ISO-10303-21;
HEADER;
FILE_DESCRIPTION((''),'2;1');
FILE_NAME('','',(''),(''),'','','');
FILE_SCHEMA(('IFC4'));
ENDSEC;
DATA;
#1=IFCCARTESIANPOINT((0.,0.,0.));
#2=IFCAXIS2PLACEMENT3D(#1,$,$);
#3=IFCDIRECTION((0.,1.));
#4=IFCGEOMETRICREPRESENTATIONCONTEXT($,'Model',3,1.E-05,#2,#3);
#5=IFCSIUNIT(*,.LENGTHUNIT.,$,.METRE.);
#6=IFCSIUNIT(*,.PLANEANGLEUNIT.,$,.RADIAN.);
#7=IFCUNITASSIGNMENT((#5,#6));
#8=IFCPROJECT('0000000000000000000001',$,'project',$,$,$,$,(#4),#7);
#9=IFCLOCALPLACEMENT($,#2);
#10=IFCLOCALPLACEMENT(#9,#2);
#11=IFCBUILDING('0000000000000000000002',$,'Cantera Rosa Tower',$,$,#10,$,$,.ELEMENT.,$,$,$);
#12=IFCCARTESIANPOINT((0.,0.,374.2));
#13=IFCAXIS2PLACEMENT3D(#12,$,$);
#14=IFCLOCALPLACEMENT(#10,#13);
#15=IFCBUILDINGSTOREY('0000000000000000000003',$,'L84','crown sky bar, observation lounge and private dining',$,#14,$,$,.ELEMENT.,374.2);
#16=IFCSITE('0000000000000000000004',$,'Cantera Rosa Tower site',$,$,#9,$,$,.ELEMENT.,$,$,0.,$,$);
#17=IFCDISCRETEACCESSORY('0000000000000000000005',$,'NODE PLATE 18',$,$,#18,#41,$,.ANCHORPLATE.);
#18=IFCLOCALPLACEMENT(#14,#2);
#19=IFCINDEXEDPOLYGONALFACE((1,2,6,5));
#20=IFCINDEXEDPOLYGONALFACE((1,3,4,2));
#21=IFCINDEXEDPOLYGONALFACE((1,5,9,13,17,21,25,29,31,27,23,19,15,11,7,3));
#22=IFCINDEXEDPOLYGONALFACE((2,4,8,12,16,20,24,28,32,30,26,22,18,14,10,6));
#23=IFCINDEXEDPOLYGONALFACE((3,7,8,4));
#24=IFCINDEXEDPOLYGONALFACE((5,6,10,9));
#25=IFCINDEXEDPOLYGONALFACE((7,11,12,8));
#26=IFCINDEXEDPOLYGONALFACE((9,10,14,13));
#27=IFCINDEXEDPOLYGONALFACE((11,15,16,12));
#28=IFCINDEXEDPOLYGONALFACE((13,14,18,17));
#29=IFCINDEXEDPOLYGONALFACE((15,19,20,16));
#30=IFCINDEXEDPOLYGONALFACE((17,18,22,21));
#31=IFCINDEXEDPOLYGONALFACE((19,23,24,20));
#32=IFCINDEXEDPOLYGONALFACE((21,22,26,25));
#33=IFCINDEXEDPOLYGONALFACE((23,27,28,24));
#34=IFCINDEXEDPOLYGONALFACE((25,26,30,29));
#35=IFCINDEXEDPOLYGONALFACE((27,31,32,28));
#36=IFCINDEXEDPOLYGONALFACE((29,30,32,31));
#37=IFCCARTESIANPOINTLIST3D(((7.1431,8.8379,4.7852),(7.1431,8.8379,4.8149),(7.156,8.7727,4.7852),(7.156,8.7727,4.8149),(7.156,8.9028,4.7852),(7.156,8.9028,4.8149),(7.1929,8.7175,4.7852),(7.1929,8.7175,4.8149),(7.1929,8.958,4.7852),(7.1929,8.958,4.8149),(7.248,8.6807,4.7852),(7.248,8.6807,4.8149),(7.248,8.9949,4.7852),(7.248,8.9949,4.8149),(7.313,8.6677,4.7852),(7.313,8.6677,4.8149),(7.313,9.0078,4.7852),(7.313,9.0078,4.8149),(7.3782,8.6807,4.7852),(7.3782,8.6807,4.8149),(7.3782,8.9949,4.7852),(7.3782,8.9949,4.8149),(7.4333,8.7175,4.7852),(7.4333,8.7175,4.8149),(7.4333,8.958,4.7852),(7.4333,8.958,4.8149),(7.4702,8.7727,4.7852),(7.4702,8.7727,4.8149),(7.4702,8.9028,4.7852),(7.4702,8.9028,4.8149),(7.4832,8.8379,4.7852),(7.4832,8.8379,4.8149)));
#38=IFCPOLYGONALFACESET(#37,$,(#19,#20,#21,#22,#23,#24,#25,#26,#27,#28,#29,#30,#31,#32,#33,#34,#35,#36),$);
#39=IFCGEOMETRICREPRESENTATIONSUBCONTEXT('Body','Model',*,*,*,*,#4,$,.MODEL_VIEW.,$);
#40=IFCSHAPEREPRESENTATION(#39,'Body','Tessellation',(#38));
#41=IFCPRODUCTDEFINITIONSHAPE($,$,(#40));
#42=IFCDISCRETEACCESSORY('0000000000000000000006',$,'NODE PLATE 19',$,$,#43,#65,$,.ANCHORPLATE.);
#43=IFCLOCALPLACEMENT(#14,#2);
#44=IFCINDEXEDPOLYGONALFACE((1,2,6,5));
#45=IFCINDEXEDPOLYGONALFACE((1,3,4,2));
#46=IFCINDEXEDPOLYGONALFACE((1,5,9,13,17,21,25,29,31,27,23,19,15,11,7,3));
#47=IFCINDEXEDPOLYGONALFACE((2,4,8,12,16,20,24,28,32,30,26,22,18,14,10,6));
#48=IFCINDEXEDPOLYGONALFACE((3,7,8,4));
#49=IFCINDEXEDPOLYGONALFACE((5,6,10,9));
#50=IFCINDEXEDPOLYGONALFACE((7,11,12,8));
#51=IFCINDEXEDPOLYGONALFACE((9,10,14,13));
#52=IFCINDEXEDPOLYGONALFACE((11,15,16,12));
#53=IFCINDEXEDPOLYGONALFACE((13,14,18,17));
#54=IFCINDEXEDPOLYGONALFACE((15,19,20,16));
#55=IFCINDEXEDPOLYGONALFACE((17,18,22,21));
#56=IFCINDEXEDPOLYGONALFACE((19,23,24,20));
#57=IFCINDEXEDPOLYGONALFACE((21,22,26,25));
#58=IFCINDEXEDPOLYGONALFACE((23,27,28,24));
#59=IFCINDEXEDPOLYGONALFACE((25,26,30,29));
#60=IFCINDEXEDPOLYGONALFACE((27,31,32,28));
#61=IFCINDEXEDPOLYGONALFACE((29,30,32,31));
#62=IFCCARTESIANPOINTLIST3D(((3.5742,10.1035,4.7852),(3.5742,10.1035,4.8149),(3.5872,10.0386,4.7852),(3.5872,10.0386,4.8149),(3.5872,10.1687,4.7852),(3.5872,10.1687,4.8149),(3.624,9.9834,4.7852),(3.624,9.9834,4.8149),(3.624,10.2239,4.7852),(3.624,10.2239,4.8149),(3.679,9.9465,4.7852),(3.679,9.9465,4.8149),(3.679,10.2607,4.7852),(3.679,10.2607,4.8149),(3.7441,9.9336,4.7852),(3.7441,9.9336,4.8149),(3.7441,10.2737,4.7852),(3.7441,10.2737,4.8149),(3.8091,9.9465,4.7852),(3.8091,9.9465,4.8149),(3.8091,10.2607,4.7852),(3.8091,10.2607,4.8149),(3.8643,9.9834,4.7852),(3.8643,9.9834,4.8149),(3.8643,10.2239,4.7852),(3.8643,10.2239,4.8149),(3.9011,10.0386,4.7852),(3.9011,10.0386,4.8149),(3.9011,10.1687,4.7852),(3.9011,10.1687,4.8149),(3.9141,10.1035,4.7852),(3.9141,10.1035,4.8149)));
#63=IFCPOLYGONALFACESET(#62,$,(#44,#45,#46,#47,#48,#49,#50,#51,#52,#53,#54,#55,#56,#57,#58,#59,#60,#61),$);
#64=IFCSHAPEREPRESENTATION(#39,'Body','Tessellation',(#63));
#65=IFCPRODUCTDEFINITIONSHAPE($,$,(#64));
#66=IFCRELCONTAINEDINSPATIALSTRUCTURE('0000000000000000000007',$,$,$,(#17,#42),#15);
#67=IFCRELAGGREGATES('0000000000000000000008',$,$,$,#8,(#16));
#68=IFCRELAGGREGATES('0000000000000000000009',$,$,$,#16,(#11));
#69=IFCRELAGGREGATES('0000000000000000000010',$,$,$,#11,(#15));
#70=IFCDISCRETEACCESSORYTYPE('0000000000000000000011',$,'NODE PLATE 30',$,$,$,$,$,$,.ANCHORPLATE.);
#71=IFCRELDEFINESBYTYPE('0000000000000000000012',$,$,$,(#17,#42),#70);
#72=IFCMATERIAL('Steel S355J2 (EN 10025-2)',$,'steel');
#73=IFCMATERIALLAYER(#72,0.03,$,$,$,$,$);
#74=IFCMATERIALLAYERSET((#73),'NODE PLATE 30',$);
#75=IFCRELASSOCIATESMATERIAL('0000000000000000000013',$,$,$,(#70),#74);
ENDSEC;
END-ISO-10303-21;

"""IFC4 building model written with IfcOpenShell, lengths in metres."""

from ifc_helpers import new_model, si_unit, direction, frame, origin, place, context, subcontext, project, spatial, polyline, outline, extrude, material, layer, layer_set, type_object, element, save


model = new_model("IFC4")

# Units and contexts
model_context = context("Model", 3, precision=1e-05, world=origin(), true_north=direction((0.0, 1.0)))
body_context = subcontext(model_context, "Body", "Model", "MODEL_VIEW")
ifc_project = project(units=[si_unit("LENGTHUNIT", "METRE"), si_unit("PLANEANGLEUNIT", "RADIAN")], contexts=[model_context])

# Site, building, storey
site_placement = place(None, origin())
site = spatial("IfcSite", under=ifc_project, at=site_placement, Name="Cantera Rosa Tower site", CompositionType="ELEMENT", RefElevation=0.0)
building_placement = place(site_placement, origin())
building = spatial("IfcBuilding", under=site, at=building_placement, Name="Cantera Rosa Tower", CompositionType="ELEMENT")
storey_placement = place(building_placement, frame((0.0, 0.0, 374.2)))
storey = spatial("IfcBuildingStorey", under=building, at=storey_placement, Name="L84", Description="crown sky bar, observation lounge and private dining", CompositionType="ELEMENT", Elevation=374.2)

# Shared definitions
ifc_material_1 = material(Name="Steel S355J2 (EN 10025-2)", Category="steel")
ifc_layer_1 = layer(ifc_material_1, 0.03)
ifc_layer_set_1 = layer_set([ifc_layer_1], Name="NODE PLATE 30")
discrete_accessory_type = type_object("IfcDiscreteAccessoryType", Name="NODE PLATE 30", PredefinedType="ANCHORPLATE", material=ifc_layer_set_1)

# Discrete accessories
discrete_accessory_1_placement = place(storey_placement, frame((0.0, 0.0, 4.7852)))
element("IfcDiscreteAccessory", 1, at=discrete_accessory_1_placement, inside=storey, type_object=discrete_accessory_type, Name="NODE PLATE 18", PredefinedType="ANCHORPLATE", context=body_context, shape_type="SweptSolid", body=[
    extrude(outline(polyline([(7.4832, 8.8379), (7.4702, 8.9028), (7.4333, 8.958), (7.3782, 8.9949), (7.313, 9.0078), (7.248, 8.9949), (7.1929, 8.958), (7.156, 8.9028), (7.1431, 8.8379), (7.156, 8.7727), (7.1929, 8.7175), (7.248, 8.6807), (7.313, 8.6677), (7.3782, 8.6807), (7.4333, 8.7175), (7.4702, 8.7727), (7.4832, 8.8379)])), origin(), (0.0, 0.0, 1.0), 0.0298),
])
discrete_accessory_2_placement = place(storey_placement, frame((0.0, 0.0, 4.7852)))
element("IfcDiscreteAccessory", 2, at=discrete_accessory_2_placement, inside=storey, type_object=discrete_accessory_type, Name="NODE PLATE 19", PredefinedType="ANCHORPLATE", context=body_context, shape_type="SweptSolid", body=[
    extrude(outline(polyline([(3.9141, 10.1035), (3.9011, 10.1687), (3.8643, 10.2239), (3.8091, 10.2607), (3.7441, 10.2737), (3.679, 10.2607), (3.624, 10.2239), (3.5872, 10.1687), (3.5742, 10.1035), (3.5872, 10.0386), (3.624, 9.9834), (3.679, 9.9465), (3.7441, 9.9336), (3.8091, 9.9465), (3.8643, 9.9834), (3.9011, 10.0386), (3.9141, 10.1035)])), origin(), (0.0, 0.0, 1.0), 0.0298),
])

save(model, "model.ifc")
